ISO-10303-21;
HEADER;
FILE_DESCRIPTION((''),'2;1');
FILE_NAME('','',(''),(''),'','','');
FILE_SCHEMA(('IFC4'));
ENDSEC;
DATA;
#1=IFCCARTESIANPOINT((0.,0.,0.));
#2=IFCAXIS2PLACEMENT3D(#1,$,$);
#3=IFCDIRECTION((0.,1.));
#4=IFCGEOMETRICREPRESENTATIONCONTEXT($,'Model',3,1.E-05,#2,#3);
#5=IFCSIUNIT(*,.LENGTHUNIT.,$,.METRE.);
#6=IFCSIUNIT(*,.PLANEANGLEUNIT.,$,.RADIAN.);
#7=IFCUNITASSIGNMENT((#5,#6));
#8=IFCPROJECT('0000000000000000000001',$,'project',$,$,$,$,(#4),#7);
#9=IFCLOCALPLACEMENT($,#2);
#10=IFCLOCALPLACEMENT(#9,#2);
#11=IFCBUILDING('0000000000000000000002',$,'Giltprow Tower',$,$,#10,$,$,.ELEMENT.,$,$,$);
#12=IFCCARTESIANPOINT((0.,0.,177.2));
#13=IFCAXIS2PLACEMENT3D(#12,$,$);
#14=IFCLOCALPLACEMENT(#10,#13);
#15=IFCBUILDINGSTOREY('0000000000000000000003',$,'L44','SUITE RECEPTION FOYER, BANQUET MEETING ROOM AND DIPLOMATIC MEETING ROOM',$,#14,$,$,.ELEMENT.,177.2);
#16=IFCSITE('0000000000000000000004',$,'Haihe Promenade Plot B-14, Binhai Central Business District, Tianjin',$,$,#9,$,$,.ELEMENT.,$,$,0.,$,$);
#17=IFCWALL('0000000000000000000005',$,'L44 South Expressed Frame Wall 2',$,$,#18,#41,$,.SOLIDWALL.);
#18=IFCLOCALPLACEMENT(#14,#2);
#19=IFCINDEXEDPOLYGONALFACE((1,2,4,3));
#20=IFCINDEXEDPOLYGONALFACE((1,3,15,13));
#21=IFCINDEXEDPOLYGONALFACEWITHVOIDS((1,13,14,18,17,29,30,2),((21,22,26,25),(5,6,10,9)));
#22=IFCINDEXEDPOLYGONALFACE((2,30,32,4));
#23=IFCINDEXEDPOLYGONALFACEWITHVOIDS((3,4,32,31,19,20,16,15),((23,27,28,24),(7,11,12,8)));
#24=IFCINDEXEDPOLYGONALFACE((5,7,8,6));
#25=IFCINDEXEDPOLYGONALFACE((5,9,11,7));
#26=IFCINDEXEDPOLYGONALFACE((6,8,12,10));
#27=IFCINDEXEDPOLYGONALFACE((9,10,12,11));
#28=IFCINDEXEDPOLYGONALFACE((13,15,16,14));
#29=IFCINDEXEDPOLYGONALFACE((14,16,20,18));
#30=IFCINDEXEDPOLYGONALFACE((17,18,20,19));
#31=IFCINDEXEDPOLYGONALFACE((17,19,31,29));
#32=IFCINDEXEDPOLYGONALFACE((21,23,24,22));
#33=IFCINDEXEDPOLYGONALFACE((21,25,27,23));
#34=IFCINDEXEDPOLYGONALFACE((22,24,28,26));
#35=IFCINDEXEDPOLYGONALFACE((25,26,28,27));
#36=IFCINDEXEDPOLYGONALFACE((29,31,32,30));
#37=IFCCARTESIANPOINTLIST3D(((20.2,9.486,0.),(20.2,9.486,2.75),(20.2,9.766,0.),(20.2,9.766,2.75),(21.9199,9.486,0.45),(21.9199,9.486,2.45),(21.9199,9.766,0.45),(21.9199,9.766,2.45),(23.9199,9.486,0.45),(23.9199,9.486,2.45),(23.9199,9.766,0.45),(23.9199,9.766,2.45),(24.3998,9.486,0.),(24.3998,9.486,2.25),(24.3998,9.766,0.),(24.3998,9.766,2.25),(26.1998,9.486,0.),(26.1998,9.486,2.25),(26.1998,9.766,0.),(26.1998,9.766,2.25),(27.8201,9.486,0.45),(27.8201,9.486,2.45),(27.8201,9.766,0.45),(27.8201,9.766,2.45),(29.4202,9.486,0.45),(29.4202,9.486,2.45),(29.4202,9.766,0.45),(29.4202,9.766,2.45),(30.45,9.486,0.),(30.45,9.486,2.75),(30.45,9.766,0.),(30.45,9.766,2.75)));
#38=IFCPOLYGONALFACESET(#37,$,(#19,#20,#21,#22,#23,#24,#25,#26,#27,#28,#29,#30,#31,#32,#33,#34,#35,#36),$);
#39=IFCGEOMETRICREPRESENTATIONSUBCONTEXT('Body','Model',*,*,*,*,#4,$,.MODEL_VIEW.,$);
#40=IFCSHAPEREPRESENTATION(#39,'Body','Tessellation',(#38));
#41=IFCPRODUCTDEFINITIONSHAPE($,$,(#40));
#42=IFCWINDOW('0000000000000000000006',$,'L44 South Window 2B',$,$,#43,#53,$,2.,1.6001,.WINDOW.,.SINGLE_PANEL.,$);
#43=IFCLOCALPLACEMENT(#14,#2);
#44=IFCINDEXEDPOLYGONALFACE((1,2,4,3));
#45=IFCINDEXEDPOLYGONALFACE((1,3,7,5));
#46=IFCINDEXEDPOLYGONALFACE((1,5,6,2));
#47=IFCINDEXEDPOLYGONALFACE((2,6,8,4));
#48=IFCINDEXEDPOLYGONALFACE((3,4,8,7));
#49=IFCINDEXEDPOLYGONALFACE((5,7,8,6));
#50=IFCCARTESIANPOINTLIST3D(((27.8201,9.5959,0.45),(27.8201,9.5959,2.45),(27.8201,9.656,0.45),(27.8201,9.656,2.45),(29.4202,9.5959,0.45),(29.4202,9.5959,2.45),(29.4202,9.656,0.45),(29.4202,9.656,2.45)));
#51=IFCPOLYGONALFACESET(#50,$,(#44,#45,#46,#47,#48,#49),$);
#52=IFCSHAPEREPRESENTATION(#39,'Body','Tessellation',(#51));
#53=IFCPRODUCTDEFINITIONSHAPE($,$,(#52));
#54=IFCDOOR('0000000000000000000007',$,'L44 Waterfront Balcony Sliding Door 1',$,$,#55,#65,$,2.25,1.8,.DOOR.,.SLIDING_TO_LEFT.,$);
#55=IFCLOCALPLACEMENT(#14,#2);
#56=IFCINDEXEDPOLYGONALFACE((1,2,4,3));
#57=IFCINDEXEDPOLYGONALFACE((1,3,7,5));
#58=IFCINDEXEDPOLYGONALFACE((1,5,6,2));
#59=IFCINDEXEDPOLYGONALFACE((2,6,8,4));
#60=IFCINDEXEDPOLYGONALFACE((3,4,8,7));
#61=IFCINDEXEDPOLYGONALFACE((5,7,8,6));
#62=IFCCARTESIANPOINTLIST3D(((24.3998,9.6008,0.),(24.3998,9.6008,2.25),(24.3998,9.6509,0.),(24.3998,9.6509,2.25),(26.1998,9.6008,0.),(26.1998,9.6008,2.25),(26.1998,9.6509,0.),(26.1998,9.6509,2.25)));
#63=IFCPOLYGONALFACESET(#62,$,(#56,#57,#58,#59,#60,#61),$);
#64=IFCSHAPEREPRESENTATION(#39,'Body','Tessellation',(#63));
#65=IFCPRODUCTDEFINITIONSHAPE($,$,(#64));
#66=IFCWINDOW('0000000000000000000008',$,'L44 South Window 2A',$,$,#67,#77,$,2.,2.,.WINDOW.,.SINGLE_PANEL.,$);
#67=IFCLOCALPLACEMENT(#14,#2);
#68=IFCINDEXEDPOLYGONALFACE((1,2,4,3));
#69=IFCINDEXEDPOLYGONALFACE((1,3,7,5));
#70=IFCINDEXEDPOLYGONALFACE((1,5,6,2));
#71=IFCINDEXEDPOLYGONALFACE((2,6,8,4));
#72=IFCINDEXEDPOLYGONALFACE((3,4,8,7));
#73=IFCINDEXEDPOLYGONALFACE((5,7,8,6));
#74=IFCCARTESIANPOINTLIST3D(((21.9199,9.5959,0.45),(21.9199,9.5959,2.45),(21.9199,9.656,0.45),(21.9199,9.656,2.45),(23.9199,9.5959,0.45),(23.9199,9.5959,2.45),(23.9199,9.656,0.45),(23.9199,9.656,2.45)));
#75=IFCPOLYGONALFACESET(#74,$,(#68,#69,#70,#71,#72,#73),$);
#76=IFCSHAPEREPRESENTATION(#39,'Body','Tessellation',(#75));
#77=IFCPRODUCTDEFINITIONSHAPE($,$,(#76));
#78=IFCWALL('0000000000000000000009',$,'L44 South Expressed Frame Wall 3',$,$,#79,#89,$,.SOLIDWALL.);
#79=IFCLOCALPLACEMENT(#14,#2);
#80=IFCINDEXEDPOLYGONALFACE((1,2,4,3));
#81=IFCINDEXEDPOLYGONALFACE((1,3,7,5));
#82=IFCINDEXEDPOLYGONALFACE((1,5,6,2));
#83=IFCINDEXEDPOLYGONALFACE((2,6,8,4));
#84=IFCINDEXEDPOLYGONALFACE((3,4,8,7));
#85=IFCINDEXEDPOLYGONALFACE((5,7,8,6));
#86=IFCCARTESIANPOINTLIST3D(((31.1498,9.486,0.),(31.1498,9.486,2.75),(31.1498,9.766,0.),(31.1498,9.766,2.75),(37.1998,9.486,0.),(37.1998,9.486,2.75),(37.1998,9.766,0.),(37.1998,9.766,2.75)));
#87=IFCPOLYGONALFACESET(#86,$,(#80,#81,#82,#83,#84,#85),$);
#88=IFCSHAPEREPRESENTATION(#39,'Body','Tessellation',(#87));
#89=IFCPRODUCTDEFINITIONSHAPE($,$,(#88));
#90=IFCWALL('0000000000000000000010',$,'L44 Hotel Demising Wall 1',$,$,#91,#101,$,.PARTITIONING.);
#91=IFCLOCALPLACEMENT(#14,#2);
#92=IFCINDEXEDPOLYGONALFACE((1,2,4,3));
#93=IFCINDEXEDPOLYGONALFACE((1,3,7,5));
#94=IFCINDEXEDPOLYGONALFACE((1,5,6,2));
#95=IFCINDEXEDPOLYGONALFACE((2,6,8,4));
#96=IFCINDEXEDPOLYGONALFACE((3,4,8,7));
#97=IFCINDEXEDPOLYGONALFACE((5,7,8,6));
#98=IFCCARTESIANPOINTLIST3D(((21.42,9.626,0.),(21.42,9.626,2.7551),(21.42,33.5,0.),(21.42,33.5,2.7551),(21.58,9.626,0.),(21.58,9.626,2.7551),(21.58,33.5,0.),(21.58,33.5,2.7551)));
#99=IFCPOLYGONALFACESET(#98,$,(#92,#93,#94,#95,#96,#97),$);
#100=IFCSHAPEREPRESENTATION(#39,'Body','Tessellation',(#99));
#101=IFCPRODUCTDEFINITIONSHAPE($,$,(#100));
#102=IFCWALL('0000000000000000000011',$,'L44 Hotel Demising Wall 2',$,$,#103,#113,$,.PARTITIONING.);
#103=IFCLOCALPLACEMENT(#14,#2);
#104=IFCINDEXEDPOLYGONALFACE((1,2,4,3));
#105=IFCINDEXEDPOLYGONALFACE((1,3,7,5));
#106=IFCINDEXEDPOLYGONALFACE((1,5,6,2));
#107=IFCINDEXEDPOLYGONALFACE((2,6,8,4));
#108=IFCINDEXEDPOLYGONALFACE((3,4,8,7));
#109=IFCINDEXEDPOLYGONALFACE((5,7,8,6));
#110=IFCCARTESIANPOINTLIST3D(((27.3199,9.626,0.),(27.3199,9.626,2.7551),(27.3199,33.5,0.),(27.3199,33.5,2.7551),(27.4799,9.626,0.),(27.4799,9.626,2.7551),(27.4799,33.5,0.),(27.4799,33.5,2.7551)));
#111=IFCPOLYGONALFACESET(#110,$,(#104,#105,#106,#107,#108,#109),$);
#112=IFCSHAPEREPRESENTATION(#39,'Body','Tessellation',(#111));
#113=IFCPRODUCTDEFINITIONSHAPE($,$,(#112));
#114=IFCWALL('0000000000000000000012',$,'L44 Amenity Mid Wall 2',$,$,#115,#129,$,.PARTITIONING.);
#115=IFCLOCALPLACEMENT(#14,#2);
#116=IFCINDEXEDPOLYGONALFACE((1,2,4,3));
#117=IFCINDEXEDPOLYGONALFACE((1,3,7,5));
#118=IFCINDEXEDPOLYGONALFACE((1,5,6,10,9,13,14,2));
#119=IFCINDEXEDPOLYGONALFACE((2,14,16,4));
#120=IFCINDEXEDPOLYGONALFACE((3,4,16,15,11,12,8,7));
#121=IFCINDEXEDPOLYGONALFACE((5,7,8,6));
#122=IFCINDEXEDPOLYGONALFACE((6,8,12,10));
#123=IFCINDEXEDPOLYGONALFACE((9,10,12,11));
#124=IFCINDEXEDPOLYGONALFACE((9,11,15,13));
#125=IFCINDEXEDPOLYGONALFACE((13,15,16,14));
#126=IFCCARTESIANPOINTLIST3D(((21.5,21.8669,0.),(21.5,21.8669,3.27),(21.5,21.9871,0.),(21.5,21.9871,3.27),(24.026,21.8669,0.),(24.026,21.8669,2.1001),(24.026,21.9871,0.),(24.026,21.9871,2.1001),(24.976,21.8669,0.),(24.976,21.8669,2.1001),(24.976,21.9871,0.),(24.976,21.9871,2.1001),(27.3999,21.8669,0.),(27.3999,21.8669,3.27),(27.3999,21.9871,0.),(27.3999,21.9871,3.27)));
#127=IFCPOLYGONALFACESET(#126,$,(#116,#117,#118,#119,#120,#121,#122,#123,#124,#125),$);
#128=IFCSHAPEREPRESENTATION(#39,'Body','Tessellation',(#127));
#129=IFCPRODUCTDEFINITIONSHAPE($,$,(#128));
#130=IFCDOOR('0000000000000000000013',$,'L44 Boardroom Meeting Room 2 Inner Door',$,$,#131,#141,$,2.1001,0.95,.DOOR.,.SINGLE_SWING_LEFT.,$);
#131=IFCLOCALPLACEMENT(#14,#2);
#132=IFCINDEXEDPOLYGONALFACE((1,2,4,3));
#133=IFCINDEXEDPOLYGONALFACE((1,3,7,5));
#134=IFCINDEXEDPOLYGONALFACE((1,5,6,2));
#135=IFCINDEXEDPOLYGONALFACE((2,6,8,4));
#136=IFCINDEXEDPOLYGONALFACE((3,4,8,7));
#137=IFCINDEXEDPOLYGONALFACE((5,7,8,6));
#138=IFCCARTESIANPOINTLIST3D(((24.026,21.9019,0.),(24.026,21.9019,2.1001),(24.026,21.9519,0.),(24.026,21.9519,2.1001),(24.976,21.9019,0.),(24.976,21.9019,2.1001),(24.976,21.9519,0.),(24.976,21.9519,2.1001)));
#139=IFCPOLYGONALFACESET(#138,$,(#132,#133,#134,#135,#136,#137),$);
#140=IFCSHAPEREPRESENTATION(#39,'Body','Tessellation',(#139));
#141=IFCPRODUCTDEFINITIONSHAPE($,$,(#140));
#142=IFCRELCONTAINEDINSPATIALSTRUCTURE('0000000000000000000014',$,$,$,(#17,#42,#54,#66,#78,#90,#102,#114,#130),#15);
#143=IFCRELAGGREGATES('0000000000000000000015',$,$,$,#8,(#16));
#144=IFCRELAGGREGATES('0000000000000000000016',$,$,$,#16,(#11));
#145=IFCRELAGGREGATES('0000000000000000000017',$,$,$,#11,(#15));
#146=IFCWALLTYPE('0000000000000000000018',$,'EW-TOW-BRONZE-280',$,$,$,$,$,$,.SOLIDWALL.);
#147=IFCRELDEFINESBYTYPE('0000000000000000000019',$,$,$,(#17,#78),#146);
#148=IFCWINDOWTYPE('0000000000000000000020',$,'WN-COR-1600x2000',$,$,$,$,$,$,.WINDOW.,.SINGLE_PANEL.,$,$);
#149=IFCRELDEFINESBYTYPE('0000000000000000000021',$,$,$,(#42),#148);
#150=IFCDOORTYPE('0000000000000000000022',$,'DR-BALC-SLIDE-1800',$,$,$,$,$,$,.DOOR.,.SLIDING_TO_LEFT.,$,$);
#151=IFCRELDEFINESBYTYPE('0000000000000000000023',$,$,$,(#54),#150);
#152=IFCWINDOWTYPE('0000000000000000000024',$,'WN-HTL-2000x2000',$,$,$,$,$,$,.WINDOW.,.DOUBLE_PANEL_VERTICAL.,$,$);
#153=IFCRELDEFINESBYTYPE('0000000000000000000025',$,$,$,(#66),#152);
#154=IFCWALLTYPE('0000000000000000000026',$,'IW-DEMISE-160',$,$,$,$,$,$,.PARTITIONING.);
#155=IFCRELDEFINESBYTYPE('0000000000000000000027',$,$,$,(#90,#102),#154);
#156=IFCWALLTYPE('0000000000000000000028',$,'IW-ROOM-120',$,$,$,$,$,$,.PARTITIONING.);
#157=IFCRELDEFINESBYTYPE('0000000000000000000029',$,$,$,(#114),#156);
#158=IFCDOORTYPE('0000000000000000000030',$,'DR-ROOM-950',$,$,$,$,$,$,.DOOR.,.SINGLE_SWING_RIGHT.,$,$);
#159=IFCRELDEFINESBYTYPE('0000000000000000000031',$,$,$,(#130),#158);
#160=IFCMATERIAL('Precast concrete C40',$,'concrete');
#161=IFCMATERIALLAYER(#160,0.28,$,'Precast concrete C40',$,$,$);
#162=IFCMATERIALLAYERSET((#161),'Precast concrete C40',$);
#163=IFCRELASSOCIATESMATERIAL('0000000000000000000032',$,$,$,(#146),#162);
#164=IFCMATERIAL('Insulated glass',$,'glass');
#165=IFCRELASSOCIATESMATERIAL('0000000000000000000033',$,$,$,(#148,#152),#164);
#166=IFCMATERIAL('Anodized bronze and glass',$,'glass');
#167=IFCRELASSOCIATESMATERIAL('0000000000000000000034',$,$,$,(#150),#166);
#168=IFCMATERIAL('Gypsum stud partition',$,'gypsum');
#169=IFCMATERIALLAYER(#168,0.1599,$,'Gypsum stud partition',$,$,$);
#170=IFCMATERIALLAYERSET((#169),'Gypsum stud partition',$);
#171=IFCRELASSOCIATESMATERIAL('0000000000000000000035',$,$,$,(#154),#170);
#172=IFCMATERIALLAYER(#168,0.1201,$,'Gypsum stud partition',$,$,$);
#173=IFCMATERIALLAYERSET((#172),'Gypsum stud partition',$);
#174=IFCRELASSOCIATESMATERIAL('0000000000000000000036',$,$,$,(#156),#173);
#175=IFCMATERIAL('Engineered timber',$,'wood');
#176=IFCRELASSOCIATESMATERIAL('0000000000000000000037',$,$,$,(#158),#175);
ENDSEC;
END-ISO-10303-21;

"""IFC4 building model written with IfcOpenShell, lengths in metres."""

from ifc_helpers import new_model, si_unit, direction, frame, frame_2d, origin, place, context, subcontext, project, spatial, rectangle, extrude, source, transform, mapped, material, layer, layer_set, type_object, element, fill, save


model = new_model("IFC4")

# Units and contexts
model_context = context("Model", 3, precision=1e-05, world=origin(), true_north=direction((0.0, 1.0)))
body_context = subcontext(model_context, "Body", "Model", "MODEL_VIEW")
ifc_project = project(units=[si_unit("LENGTHUNIT", "METRE"), si_unit("PLANEANGLEUNIT", "RADIAN")], contexts=[model_context])

# Site, building, storey
site_placement = place(None, origin())
site = spatial("IfcSite", under=ifc_project, at=site_placement, Name="Haihe Promenade Plot B-14, Binhai Central Business District, Tianjin", CompositionType="ELEMENT", RefElevation=0.0)
building_placement = place(site_placement, origin())
building = spatial("IfcBuilding", under=site, at=building_placement, Name="Giltprow Tower", CompositionType="ELEMENT")
storey_placement = place(building_placement, frame((0.0, 0.0, 177.2)))
storey = spatial("IfcBuildingStorey", under=building, at=storey_placement, Name="L44", Description="SUITE RECEPTION FOYER, BANQUET MEETING ROOM AND DIPLOMATIC MEETING ROOM", CompositionType="ELEMENT", Elevation=177.2)

# Wall, openings, windows, door
ifc_material_1 = material(Name="Precast concrete C40", Category="concrete")
ifc_layer_1 = layer(ifc_material_1, 0.28, Name="Precast concrete C40")
ifc_layer_set_1 = layer_set([ifc_layer_1], Name="Precast concrete C40")
wall_type_1 = type_object("IfcWallType", Name="EW-TOW-BRONZE-280", PredefinedType="SOLIDWALL", material=ifc_layer_set_1)
wall_1_placement = place(storey_placement, frame((20.2, 9.626, 0.0), z_axis=(0.0, 0.0, 1.0), x_axis=(1.0, 0.0, 0.0)))
wall_1 = element("IfcWall", 1, at=wall_1_placement, inside=storey, type_object=wall_type_1, Name="L44 South Expressed Frame Wall 2", PredefinedType="SOLIDWALL", context=body_context, shape_type="SweptSolid", body=[
    extrude(rectangle(XDim=10.25, YDim=0.28, at=frame_2d((5.125, 0.0))), origin(), (0.0, 0.0, 1.0), 2.75),
])
opening_1_placement = place(wall_1_placement, frame((4.2, 0.0, 0.0)))
opening_1 = element("IfcOpeningElement", 2, at=opening_1_placement, cuts=wall_1, PredefinedType="OPENING", context=body_context, shape_type="SweptSolid", body=[
    extrude(rectangle(XDim=1.8, YDim=2.25, at=frame_2d((0.8999, 1.125))), frame((0.0, 0.1499, 0.0), z_axis=(0.0, -1.0, 0.0), x_axis=(1.0, 0.0, 0.0)), (0.0, 0.0, 1.0), 0.3),
])
opening_2_placement = place(wall_1_placement, frame((1.72, 0.0, 0.45)))
opening_2 = element("IfcOpeningElement", 3, at=opening_2_placement, cuts=wall_1, PredefinedType="OPENING", context=body_context, shape_type="SweptSolid", body=[
    extrude(rectangle(XDim=2.0, YDim=2.0, at=frame_2d((1.0, 1.0))), frame((0.0, 0.1499, 0.0), z_axis=(0.0, -1.0, 0.0), x_axis=(1.0, 0.0, 0.0)), (0.0, 0.0, 1.0), 0.3),
])
opening_3_placement = place(wall_1_placement, frame((7.6201, 0.0, 0.45)))
opening_3 = element("IfcOpeningElement", 4, at=opening_3_placement, cuts=wall_1, PredefinedType="OPENING", context=body_context, shape_type="SweptSolid", body=[
    extrude(rectangle(XDim=1.6001, YDim=2.0, at=frame_2d((0.8, 1.0))), frame((0.0, 0.1499, 0.0), z_axis=(0.0, -1.0, 0.0), x_axis=(1.0, 0.0, 0.0)), (0.0, 0.0, 1.0), 0.3),
])
ifc_material_2 = material(Name="Insulated glass", Category="glass")
window_type_1 = type_object("IfcWindowType", Name="WN-COR-1600x2000", PartitioningType="SINGLE_PANEL", PredefinedType="WINDOW", material=ifc_material_2)
shared_shape_1 = source(origin(), body_context, "Body", "SweptSolid", [
    extrude(rectangle(XDim=1.6001, YDim=2.0, at=frame_2d((0.8, 1.0))), frame((0.0, 0.03, 0.0), z_axis=(0.0, -1.0, 0.0), x_axis=(1.0, 0.0, 0.0)), (0.0, 0.0, 1.0), 0.0601),
])
window_1_placement = place(opening_3_placement, origin())
window_1 = element("IfcWindow", 5, at=window_1_placement, inside=storey, type_object=window_type_1, Name="L44 South Window 2B", OverallHeight=2.0, OverallWidth=1.6001, PartitioningType="SINGLE_PANEL", PredefinedType="WINDOW", context=body_context, shape_type="MappedRepresentation", body=[
    mapped(shared_shape_1, transform((0.0, 0.0, 0.0), x_axis=(1.0, 0.0, 0.0), y_axis=(0.0, 1.0, 0.0), z_axis=(0.0, 0.0, 1.0), scale=1.0)),
])
fill(opening_3, window_1)
ifc_material_3 = material(Name="Anodized bronze and glass", Category="glass")
door_type_1 = type_object("IfcDoorType", Name="DR-BALC-SLIDE-1800", OperationType="SLIDING_TO_LEFT", PredefinedType="DOOR", material=ifc_material_3)
shared_shape_2 = source(origin(), body_context, "Body", "SweptSolid", [
    extrude(rectangle(XDim=1.8, YDim=2.25, at=frame_2d((0.8999, 1.125))), frame((0.0, 0.0249, 0.0), z_axis=(0.0, -1.0, 0.0), x_axis=(1.0, 0.0, 0.0)), (0.0, 0.0, 1.0), 0.05),
])
door_1_placement = place(opening_1_placement, origin())
door_1 = element("IfcDoor", 6, at=door_1_placement, inside=storey, type_object=door_type_1, Name="L44 Waterfront Balcony Sliding Door 1", OperationType="SLIDING_TO_LEFT", OverallHeight=2.25, OverallWidth=1.8, PredefinedType="DOOR", context=body_context, shape_type="MappedRepresentation", body=[
    mapped(shared_shape_2, transform((0.0, 0.0, 0.0), x_axis=(1.0, 0.0, 0.0), y_axis=(0.0, 1.0, 0.0), z_axis=(0.0, 0.0, 1.0), scale=1.0)),
])
fill(opening_1, door_1)
window_type_2 = type_object("IfcWindowType", Name="WN-HTL-2000x2000", PartitioningType="DOUBLE_PANEL_VERTICAL", PredefinedType="WINDOW", material=ifc_material_2)
shared_shape_3 = source(origin(), body_context, "Body", "SweptSolid", [
    extrude(rectangle(XDim=2.0, YDim=2.0, at=frame_2d((1.0, 1.0))), frame((0.0, 0.03, 0.0), z_axis=(0.0, -1.0, 0.0), x_axis=(1.0, 0.0, 0.0)), (0.0, 0.0, 1.0), 0.0601),
])
window_2_placement = place(opening_2_placement, origin())
window_2 = element("IfcWindow", 7, at=window_2_placement, inside=storey, type_object=window_type_2, Name="L44 South Window 2A", OverallHeight=2.0, OverallWidth=2.0, PartitioningType="SINGLE_PANEL", PredefinedType="WINDOW", context=body_context, shape_type="MappedRepresentation", body=[
    mapped(shared_shape_3, transform((0.0, 0.0, 0.0), x_axis=(1.0, 0.0, 0.0), y_axis=(0.0, 1.0, 0.0), z_axis=(0.0, 0.0, 1.0), scale=1.0)),
])
fill(opening_2, window_2)

# Walls
wall_2_placement = place(storey_placement, frame((31.1499, 9.626, 0.0), z_axis=(0.0, 0.0, 1.0), x_axis=(1.0, 0.0, 0.0)))
element("IfcWall", 8, at=wall_2_placement, inside=storey, type_object=wall_type_1, Name="L44 South Expressed Frame Wall 3", PredefinedType="SOLIDWALL", context=body_context, shape_type="SweptSolid", body=[
    extrude(rectangle(XDim=6.05, YDim=0.28, at=frame_2d((3.0249, 0.0))), origin(), (0.0, 0.0, 1.0), 2.75),
])
ifc_material_4 = material(Name="Gypsum stud partition", Category="gypsum")
ifc_layer_2 = layer(ifc_material_4, 0.1599, Name="Gypsum stud partition")
ifc_layer_set_2 = layer_set([ifc_layer_2], Name="Gypsum stud partition")
wall_type_2 = type_object("IfcWallType", Name="IW-DEMISE-160", PredefinedType="PARTITIONING", material=ifc_layer_set_2)
for number, where, z_axis, x_axis, name in (
    (9, (21.5, 9.626, 0.0), (0.0, 0.0, 1.0), (0.0, 1.0, 0.0), "L44 Hotel Demising Wall 1"),
    (10, (27.3999, 9.626, 0.0), (0.0, 0.0, 1.0), (0.0, 1.0, 0.0), "L44 Hotel Demising Wall 2"),
):
    element("IfcWall", number, at=place(storey_placement, frame(where, z_axis=z_axis, x_axis=x_axis)), inside=storey, type_object=wall_type_2, Name=name, PredefinedType="PARTITIONING", context=body_context, shape_type="SweptSolid", body=[
        extrude(rectangle(XDim=23.874, YDim=0.1599, at=frame_2d((11.937, 0.0))), origin(), (0.0, 0.0, 1.0), 2.7551),
    ])

# Wall, opening, door
ifc_layer_3 = layer(ifc_material_4, 0.1201, Name="Gypsum stud partition")
ifc_layer_set_3 = layer_set([ifc_layer_3], Name="Gypsum stud partition")
wall_type_3 = type_object("IfcWallType", Name="IW-ROOM-120", PredefinedType="PARTITIONING", material=ifc_layer_set_3)
wall_3_placement = place(storey_placement, frame((21.5, 21.927, 0.0), z_axis=(0.0, 0.0, 1.0), x_axis=(1.0, 0.0, 0.0)))
wall_3 = element("IfcWall", 11, at=wall_3_placement, inside=storey, type_object=wall_type_3, Name="L44 Amenity Mid Wall 2", PredefinedType="PARTITIONING", context=body_context, shape_type="SweptSolid", body=[
    extrude(rectangle(XDim=5.8999, YDim=0.1201, at=frame_2d((2.95, 0.0))), origin(), (0.0, 0.0, 1.0), 3.27),
])
opening_4_placement = place(wall_3_placement, frame((2.5259, 0.0, 0.0)))
opening_4 = element("IfcOpeningElement", 12, at=opening_4_placement, cuts=wall_3, PredefinedType="OPENING", context=body_context, shape_type="SweptSolid", body=[
    extrude(rectangle(XDim=0.95, YDim=2.1001, at=frame_2d((0.4751, 1.05))), frame((0.0, 0.0701, 0.0), z_axis=(0.0, -1.0, 0.0), x_axis=(1.0, 0.0, 0.0)), (0.0, 0.0, 1.0), 0.1401),
])
ifc_material_5 = material(Name="Engineered timber", Category="wood")
door_type_2 = type_object("IfcDoorType", Name="DR-ROOM-950", OperationType="SINGLE_SWING_RIGHT", PredefinedType="DOOR", material=ifc_material_5)
shared_shape_4 = source(origin(), body_context, "Body", "SweptSolid", [
    extrude(rectangle(XDim=0.95, YDim=2.1001, at=frame_2d((0.4751, 1.05))), frame((0.0, 0.0249, 0.0), z_axis=(0.0, -1.0, 0.0), x_axis=(1.0, 0.0, 0.0)), (0.0, 0.0, 1.0), 0.05),
])
door_2_placement = place(opening_4_placement, origin())
door_2 = element("IfcDoor", 13, at=door_2_placement, inside=storey, type_object=door_type_2, Name="L44 Boardroom Meeting Room 2 Inner Door", OperationType="SINGLE_SWING_LEFT", OverallHeight=2.1001, OverallWidth=0.95, PredefinedType="DOOR", context=body_context, shape_type="MappedRepresentation", body=[
    mapped(shared_shape_4, transform((0.0, 0.0, 0.0), x_axis=(1.0, 0.0, 0.0), y_axis=(0.0, 1.0, 0.0), z_axis=(0.0, 0.0, 1.0), scale=1.0)),
])
fill(opening_4, door_2)

save(model, "model.ifc")
